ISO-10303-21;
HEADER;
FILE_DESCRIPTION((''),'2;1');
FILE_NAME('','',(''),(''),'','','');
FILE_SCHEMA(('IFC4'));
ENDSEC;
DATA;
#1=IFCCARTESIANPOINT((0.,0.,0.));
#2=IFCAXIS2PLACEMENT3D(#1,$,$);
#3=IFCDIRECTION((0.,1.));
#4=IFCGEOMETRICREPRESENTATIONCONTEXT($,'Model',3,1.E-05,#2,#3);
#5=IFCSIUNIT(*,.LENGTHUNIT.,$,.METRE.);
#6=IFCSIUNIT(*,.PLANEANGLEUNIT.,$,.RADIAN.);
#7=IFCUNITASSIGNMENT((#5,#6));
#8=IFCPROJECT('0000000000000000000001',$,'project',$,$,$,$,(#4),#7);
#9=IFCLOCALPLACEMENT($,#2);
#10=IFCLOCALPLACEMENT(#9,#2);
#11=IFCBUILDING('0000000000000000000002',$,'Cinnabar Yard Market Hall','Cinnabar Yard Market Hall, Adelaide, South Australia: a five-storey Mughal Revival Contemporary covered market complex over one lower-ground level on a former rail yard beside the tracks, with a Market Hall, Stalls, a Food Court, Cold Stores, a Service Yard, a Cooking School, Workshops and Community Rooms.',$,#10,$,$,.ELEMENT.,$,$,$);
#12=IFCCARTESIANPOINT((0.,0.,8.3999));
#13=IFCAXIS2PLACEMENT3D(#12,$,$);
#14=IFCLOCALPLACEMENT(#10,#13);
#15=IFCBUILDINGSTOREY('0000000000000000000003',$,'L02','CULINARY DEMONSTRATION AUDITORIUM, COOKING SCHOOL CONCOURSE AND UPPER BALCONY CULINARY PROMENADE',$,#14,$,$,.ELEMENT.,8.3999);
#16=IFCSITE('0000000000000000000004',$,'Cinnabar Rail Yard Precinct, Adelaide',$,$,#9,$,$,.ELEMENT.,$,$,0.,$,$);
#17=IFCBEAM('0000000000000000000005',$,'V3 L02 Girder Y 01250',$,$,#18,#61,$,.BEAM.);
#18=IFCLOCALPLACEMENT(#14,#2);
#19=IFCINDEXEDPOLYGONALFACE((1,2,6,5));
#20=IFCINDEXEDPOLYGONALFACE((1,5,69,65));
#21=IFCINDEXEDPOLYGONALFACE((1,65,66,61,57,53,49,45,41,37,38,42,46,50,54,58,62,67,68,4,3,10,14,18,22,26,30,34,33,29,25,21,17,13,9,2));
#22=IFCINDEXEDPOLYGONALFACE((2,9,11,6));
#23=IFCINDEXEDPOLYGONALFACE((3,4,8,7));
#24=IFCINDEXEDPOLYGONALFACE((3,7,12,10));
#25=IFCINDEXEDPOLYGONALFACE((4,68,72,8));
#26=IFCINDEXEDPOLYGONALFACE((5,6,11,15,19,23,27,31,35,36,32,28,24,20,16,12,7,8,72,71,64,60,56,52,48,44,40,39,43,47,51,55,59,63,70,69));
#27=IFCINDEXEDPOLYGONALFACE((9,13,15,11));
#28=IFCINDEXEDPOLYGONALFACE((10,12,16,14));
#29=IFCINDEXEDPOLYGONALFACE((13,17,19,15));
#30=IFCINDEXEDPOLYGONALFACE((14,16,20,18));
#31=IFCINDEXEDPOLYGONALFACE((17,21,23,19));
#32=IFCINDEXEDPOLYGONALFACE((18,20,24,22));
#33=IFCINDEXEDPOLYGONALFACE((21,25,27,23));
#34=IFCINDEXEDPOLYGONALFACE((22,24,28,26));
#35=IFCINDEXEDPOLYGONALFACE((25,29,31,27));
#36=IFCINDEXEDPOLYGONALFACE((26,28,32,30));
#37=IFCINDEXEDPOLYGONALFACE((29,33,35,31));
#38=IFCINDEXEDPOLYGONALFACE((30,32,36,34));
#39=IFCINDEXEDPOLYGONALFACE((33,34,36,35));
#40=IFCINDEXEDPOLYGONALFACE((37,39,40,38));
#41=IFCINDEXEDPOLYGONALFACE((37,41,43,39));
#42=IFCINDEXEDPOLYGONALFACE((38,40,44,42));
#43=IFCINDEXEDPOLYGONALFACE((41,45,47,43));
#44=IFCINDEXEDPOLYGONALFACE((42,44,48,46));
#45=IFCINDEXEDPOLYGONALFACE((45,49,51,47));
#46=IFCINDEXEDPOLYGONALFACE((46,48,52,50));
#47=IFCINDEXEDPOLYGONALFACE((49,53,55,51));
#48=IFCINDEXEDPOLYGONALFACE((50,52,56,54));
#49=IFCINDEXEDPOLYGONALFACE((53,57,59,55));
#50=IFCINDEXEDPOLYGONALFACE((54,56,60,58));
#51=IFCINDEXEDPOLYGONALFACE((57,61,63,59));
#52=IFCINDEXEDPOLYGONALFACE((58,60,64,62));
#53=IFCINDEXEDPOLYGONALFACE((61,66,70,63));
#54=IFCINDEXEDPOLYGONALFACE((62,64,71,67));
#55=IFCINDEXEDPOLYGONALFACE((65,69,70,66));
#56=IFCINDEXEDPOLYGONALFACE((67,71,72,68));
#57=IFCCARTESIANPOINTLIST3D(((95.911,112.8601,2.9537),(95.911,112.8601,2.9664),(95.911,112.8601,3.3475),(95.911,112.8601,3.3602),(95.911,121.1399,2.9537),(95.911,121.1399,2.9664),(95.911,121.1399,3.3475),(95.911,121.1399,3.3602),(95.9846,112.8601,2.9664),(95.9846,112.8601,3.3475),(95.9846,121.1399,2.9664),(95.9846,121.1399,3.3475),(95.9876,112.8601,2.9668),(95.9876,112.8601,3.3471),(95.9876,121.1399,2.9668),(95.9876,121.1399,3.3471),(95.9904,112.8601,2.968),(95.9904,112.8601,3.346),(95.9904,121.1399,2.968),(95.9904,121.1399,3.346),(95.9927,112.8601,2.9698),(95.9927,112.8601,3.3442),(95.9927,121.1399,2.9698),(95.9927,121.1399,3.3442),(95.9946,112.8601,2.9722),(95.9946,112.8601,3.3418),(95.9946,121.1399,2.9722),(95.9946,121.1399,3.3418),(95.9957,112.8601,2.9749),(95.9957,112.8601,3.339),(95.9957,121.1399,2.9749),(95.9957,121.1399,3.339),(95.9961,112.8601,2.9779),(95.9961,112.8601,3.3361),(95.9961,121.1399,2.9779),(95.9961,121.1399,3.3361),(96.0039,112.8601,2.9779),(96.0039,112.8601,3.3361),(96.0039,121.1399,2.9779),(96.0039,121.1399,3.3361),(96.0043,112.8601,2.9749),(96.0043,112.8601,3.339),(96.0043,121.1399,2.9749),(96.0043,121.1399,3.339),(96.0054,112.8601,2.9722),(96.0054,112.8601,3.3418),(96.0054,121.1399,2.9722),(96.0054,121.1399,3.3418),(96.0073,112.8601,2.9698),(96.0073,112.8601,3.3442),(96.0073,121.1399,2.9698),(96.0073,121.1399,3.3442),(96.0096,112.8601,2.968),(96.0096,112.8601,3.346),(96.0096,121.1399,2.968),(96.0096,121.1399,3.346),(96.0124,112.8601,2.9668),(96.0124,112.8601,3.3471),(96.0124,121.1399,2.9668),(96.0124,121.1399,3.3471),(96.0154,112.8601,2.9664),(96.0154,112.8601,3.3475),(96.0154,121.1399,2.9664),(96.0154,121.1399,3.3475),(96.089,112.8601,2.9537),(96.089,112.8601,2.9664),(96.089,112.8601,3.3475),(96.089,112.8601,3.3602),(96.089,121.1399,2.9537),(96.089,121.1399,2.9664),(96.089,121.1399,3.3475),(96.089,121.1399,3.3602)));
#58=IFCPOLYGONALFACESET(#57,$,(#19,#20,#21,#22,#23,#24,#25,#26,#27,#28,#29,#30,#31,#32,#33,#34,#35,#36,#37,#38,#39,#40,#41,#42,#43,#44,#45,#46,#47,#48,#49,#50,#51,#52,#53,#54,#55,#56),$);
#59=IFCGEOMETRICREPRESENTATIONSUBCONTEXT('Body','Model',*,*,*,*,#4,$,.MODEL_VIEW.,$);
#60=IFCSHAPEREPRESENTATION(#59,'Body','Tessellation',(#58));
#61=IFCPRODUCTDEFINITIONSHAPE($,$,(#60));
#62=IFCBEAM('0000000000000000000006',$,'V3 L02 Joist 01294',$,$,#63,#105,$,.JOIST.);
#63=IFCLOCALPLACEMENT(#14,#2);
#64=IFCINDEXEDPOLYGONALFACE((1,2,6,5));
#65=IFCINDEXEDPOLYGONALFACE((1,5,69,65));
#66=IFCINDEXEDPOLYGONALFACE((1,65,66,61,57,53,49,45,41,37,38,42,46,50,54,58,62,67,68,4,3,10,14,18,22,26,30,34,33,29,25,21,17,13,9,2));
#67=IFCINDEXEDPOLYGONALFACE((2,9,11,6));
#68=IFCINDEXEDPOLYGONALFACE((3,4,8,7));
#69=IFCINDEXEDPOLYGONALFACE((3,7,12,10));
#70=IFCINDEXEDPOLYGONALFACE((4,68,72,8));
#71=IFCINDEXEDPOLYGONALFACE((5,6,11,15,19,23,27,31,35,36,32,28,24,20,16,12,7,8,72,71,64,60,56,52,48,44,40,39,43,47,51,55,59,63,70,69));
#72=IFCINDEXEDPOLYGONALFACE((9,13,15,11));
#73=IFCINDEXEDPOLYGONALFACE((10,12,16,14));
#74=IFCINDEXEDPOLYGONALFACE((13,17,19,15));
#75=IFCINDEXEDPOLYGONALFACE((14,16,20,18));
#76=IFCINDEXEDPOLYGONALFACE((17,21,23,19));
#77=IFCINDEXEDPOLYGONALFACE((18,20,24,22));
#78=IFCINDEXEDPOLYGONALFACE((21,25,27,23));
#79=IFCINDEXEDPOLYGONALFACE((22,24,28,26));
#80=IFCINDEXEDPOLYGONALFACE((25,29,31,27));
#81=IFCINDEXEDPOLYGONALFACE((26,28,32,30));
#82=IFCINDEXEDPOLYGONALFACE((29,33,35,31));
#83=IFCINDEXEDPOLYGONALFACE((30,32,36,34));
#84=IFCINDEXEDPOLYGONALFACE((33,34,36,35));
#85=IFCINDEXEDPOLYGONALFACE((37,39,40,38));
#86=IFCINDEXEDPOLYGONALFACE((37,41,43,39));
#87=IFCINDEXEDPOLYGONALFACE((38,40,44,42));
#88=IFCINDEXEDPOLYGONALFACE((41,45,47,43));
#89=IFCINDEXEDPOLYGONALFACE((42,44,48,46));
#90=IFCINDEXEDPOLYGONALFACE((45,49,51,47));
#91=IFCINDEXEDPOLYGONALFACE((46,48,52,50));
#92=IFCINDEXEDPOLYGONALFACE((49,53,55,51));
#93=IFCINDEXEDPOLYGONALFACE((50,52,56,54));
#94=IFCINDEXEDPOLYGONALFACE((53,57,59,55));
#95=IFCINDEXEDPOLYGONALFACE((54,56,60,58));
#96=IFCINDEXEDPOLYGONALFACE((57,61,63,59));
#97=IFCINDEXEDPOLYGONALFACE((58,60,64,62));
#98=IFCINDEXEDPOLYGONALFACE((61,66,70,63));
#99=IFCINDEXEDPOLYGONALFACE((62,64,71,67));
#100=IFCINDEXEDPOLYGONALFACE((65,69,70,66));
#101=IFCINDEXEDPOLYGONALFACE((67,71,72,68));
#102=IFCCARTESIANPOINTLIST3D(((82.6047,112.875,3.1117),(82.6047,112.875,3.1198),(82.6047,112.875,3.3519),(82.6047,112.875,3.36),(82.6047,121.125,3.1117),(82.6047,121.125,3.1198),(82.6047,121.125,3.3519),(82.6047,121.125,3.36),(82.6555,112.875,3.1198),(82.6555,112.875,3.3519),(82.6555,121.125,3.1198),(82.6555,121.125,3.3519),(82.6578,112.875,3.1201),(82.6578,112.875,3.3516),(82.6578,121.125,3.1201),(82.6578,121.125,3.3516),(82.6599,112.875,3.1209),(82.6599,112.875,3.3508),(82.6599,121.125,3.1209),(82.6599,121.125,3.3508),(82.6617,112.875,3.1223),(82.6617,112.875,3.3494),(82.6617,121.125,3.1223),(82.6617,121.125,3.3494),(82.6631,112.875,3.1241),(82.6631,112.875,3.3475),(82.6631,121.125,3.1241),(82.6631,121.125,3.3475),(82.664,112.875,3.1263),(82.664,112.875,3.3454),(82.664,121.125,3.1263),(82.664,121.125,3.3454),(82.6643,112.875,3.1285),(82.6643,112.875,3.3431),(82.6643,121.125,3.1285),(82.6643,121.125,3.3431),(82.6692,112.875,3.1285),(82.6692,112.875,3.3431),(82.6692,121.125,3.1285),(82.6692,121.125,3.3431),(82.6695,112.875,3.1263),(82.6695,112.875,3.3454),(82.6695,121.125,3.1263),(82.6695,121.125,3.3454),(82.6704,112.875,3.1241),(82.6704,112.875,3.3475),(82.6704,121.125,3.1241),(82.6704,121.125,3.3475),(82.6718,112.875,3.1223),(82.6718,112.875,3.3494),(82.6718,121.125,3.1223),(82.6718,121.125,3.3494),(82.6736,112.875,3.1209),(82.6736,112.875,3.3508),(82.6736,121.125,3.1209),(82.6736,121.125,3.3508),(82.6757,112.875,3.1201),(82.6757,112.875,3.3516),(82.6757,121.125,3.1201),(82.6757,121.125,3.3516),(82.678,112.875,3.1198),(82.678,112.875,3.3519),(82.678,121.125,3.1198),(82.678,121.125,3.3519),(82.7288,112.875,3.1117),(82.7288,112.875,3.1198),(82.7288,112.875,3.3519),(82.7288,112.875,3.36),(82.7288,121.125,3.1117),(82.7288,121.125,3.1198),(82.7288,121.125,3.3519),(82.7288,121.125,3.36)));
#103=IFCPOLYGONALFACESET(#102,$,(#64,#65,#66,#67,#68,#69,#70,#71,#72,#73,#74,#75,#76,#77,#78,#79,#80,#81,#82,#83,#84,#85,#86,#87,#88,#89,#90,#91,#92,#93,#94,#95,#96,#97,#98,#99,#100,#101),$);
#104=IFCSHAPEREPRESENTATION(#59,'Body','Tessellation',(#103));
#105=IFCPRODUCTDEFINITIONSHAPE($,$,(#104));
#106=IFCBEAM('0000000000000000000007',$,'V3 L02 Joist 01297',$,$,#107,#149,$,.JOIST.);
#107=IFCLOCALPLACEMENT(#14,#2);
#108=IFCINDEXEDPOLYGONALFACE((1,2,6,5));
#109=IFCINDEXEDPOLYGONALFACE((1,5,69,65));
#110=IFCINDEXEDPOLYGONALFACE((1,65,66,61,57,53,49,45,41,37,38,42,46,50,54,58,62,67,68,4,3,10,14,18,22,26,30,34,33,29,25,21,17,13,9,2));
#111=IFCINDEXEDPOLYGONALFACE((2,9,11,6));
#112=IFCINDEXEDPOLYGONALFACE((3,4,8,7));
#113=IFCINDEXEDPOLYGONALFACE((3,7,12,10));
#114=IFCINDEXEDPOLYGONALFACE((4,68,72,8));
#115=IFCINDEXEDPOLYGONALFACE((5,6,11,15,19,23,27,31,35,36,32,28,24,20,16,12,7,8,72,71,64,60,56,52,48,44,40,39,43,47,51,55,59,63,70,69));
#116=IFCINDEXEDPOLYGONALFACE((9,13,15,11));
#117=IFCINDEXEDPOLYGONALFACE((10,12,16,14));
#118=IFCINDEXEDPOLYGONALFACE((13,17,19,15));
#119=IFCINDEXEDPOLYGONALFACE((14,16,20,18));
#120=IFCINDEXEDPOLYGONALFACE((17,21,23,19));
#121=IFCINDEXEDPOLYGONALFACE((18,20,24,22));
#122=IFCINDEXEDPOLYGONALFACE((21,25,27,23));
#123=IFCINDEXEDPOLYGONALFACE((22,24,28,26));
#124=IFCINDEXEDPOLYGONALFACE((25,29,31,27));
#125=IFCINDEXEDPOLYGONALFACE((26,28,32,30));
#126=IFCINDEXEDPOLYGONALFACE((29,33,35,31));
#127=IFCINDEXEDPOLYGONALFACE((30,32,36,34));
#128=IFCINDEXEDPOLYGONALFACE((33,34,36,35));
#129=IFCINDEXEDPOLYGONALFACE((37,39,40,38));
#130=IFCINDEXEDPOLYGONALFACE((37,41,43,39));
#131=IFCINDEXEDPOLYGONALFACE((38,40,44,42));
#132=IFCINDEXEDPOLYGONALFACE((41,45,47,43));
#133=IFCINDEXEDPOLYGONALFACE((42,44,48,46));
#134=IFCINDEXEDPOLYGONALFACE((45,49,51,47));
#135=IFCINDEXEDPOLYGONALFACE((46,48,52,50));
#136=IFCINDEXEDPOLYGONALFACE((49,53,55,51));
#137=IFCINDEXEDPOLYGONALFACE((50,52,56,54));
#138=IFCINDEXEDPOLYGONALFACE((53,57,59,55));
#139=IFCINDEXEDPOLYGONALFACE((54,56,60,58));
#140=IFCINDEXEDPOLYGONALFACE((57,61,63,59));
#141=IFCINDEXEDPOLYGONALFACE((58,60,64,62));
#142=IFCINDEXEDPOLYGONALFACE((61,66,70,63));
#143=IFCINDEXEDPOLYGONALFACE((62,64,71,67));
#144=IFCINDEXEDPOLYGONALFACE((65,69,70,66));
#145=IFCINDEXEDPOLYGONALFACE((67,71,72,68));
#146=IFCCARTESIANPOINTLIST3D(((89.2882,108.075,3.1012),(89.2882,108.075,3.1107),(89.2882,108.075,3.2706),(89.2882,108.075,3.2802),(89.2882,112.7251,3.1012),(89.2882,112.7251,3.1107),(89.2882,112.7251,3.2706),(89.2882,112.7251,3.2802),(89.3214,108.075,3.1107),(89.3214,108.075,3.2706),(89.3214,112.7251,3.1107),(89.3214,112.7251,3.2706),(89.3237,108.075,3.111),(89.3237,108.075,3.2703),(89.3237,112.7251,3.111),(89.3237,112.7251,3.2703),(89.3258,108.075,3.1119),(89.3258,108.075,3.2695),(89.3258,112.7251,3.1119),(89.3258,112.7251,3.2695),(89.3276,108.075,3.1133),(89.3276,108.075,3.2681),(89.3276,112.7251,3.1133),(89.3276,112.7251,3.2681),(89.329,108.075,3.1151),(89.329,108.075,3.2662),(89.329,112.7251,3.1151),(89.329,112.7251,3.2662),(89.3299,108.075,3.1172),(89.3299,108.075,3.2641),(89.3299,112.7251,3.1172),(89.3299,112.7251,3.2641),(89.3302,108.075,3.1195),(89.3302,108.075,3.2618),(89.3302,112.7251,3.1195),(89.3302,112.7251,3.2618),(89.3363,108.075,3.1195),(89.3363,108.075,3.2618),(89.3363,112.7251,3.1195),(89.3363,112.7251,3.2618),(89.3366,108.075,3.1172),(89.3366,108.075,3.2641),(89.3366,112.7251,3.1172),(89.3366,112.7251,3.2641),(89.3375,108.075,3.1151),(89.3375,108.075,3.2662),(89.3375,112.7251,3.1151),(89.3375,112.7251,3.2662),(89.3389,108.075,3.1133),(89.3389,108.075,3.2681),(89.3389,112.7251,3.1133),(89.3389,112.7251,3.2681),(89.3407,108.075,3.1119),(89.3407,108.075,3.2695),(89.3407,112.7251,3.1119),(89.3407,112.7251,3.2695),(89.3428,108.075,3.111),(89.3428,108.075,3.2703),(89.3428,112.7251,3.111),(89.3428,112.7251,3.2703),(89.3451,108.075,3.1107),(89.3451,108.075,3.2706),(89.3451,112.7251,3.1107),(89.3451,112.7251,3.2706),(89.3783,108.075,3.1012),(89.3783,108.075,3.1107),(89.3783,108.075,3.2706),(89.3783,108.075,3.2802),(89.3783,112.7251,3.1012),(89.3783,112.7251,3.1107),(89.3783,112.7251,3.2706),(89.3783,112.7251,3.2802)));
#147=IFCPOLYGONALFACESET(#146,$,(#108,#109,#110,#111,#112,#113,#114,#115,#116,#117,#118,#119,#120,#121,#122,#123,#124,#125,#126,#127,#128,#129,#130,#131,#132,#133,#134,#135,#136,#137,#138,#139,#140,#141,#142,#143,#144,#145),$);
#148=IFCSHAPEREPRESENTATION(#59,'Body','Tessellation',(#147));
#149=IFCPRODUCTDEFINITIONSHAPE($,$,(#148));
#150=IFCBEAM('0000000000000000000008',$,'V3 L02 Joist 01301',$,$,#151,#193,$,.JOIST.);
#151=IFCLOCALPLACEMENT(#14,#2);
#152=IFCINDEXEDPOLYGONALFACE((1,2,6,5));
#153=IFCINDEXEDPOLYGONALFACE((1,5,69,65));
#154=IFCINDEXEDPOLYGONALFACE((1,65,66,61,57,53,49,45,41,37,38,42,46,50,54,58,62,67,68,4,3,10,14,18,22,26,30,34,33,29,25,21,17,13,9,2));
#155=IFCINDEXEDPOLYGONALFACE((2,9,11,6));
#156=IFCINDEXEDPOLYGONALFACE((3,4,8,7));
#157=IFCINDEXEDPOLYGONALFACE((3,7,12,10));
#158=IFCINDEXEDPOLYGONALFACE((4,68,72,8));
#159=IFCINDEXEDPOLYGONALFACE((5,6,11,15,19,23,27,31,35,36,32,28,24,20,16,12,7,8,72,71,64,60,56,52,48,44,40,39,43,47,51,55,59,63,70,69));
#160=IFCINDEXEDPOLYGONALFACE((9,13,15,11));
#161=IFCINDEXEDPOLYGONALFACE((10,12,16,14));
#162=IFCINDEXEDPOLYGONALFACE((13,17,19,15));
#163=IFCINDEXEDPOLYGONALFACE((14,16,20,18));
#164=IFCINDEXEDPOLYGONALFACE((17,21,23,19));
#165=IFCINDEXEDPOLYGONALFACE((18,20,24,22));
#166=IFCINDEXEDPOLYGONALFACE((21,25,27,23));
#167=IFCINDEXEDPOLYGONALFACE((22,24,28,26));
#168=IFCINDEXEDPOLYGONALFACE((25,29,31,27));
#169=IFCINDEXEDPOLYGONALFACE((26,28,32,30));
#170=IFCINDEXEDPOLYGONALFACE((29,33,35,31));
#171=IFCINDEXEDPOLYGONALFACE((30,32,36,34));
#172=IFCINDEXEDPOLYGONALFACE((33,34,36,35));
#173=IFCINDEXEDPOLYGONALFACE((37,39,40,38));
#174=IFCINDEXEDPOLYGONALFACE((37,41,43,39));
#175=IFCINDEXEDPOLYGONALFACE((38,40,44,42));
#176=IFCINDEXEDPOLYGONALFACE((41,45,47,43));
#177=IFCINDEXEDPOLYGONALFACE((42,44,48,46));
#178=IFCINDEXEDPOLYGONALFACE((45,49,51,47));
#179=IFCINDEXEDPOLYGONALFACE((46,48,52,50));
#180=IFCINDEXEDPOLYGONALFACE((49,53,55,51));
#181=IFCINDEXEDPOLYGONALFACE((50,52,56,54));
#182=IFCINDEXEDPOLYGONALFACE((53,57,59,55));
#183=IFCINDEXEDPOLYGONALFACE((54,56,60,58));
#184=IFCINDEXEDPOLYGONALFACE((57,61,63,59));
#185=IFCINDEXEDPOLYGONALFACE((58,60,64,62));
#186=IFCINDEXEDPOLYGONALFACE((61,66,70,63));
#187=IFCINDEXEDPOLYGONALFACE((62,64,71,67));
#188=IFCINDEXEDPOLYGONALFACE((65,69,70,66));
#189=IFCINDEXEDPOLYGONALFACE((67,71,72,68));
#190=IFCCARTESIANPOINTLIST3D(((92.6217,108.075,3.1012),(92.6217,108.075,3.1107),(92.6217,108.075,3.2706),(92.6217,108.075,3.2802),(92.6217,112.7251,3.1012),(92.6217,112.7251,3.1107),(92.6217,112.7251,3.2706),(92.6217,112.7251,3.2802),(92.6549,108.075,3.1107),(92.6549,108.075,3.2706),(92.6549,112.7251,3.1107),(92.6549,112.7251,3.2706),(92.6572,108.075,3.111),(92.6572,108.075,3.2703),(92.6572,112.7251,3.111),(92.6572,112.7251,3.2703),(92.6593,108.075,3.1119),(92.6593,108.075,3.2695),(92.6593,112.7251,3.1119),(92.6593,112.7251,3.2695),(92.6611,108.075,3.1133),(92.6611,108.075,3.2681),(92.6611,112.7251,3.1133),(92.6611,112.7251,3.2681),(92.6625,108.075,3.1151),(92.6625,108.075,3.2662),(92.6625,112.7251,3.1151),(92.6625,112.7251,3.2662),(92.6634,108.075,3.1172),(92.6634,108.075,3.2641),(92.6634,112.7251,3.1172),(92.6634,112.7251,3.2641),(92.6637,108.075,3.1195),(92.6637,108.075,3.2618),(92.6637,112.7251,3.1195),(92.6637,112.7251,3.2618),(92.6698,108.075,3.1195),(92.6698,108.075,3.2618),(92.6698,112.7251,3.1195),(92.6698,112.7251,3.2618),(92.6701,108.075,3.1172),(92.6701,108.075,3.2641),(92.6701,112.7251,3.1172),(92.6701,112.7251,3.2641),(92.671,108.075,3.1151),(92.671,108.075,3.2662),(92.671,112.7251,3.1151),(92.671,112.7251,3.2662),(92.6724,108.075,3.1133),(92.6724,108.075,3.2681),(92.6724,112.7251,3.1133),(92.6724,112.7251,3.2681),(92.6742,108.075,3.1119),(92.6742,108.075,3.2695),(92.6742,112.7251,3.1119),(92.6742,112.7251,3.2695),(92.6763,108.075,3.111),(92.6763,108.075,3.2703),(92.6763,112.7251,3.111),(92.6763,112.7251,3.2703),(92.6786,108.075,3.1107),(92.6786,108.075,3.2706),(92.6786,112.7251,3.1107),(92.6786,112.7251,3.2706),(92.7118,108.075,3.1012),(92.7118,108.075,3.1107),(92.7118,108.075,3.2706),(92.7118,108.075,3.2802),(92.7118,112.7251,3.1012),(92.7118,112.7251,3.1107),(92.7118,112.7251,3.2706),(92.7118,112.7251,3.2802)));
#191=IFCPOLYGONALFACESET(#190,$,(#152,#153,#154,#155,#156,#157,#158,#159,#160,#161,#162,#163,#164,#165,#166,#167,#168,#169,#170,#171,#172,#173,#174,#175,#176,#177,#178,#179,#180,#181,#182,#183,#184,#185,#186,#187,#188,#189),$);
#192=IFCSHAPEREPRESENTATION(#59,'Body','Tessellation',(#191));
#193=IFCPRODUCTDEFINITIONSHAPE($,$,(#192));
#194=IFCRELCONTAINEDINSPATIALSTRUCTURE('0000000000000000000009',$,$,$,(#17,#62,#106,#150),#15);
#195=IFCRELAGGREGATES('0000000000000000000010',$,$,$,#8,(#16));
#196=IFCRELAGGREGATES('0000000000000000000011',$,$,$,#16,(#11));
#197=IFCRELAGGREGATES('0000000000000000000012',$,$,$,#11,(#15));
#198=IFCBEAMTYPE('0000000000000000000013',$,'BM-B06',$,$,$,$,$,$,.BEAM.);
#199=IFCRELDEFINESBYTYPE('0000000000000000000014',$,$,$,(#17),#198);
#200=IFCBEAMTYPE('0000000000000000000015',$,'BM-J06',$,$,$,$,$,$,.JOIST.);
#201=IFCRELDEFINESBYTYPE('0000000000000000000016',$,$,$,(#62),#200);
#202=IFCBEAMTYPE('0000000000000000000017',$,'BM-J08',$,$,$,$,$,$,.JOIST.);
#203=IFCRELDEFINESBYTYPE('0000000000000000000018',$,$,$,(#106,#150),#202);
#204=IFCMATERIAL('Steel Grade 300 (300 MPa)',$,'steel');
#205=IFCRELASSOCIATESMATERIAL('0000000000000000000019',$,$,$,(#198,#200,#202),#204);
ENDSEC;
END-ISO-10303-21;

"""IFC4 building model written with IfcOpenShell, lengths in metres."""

from ifc_helpers import new_model, si_unit, direction, frame, origin, origin_2d_with_axis, place, context, subcontext, project, spatial, i_section, extrude, material, material_profile, profile_set, type_object, element, save


model = new_model("IFC4")

# Units and contexts
model_context = context("Model", 3, precision=1e-05, world=origin(), true_north=direction((0.0, 1.0)))
body_context = subcontext(model_context, "Body", "Model", "MODEL_VIEW")
ifc_project = project(units=[si_unit("LENGTHUNIT", "METRE"), si_unit("PLANEANGLEUNIT", "RADIAN")], contexts=[model_context])

# Site, building, storey
site_placement = place(None, origin())
site = spatial("IfcSite", under=ifc_project, at=site_placement, Name="Cinnabar Rail Yard Precinct, Adelaide", CompositionType="ELEMENT", RefElevation=0.0)
building_placement = place(site_placement, origin())
building = spatial("IfcBuilding", under=site, at=building_placement, Name="Cinnabar Yard Market Hall", Description="Cinnabar Yard Market Hall, Adelaide, South Australia: a five-storey Mughal Revival Contemporary covered market complex over one lower-ground level on a former rail yard beside the tracks, with a Market Hall, Stalls, a Food Court, Cold Stores, a Service Yard, a Cooking School, Workshops and Community Rooms.", CompositionType="ELEMENT")
storey_placement = place(building_placement, frame((0.0, 0.0, 8.3999)))
storey = spatial("IfcBuildingStorey", under=building, at=storey_placement, Name="L02", Description="CULINARY DEMONSTRATION AUDITORIUM, COOKING SCHOOL CONCOURSE AND UPPER BALCONY CULINARY PROMENADE", CompositionType="ELEMENT", Elevation=8.3999)

# Shared definitions
ifc_material_1 = material(Name="Steel Grade 300 (300 MPa)", Category="steel")

# Beams
ifc_material_profile_1 = material_profile(ifc_material_1, i_section(OverallWidth=0.178, OverallDepth=0.4065, WebThickness=0.0078, FlangeThickness=0.0127, FilletRadius=0.0115, at=origin_2d_with_axis()), Name="410UB59.7")
ifc_profile_set_1 = profile_set([ifc_material_profile_1], Name="Steel Grade 300 (300 MPa)")
beam_type_1 = type_object("IfcBeamType", Name="BM-B06", PredefinedType="BEAM", material=ifc_profile_set_1)
beam_1_placement = place(storey_placement, frame((96.0, 112.8601, 3.157), z_axis=(0.0, 1.0, 0.0), x_axis=(-1.0, 0.0, 0.0)))
element("IfcBeam", 1, at=beam_1_placement, inside=storey, type_object=beam_type_1, Name="V3 L02 Girder Y 01250", PredefinedType="BEAM", context=body_context, shape_type="SweptSolid", body=[
    extrude(i_section(OverallWidth=0.178, OverallDepth=0.4065, WebThickness=0.0078, FlangeThickness=0.0127, FilletRadius=0.0115, at=origin_2d_with_axis()), origin(), (0.0, 0.0, 1.0), 8.2798),
])
ifc_material_profile_2 = material_profile(ifc_material_1, i_section(OverallWidth=0.124, OverallDepth=0.2483, WebThickness=0.0049, FlangeThickness=0.0081, FilletRadius=0.0088, at=origin_2d_with_axis()), Name="250UB25.7")
ifc_profile_set_2 = profile_set([ifc_material_profile_2], Name="Steel Grade 300 (300 MPa)")
beam_type_2 = type_object("IfcBeamType", Name="BM-J06", PredefinedType="JOIST", material=ifc_profile_set_2)
beam_2_placement = place(storey_placement, frame((82.6667, 112.875, 3.2358), z_axis=(0.0, 1.0, 0.0), x_axis=(-1.0, 0.0, 0.0)))
element("IfcBeam", 2, at=beam_2_placement, inside=storey, type_object=beam_type_2, Name="V3 L02 Joist 01294", PredefinedType="JOIST", context=body_context, shape_type="SweptSolid", body=[
    extrude(i_section(OverallWidth=0.124, OverallDepth=0.2483, WebThickness=0.0049, FlangeThickness=0.0081, FilletRadius=0.0088, at=origin_2d_with_axis()), origin(), (0.0, 0.0, 1.0), 8.25),
])
ifc_material_profile_3 = material_profile(ifc_material_1, i_section(OverallWidth=0.0901, OverallDepth=0.179, WebThickness=0.0061, FlangeThickness=0.0095, FilletRadius=0.0088, at=origin_2d_with_axis()), Name="180UB22.2")
ifc_profile_set_3 = profile_set([ifc_material_profile_3], Name="Steel Grade 300 (300 MPa)")
beam_type_3 = type_object("IfcBeamType", Name="BM-J08", PredefinedType="JOIST", material=ifc_profile_set_3)
for number, where, z_axis, x_axis, name in (
    (3, (89.3333, 108.075, 3.1907), (0.0, 1.0, 0.0), (-1.0, 0.0, 0.0), "V3 L02 Joist 01297"),
    (4, (92.6667, 108.075, 3.1907), (0.0, 1.0, 0.0), (-1.0, 0.0, 0.0), "V3 L02 Joist 01301"),
):
    element("IfcBeam", number, at=place(storey_placement, frame(where, z_axis=z_axis, x_axis=x_axis)), inside=storey, type_object=beam_type_3, Name=name, PredefinedType="JOIST", context=body_context, shape_type="SweptSolid", body=[
        extrude(i_section(OverallWidth=0.0901, OverallDepth=0.179, WebThickness=0.0061, FlangeThickness=0.0095, FilletRadius=0.0088, at=origin_2d_with_axis()), origin(), (0.0, 0.0, 1.0), 4.6501),
    ])

save(model, "model.ifc")
